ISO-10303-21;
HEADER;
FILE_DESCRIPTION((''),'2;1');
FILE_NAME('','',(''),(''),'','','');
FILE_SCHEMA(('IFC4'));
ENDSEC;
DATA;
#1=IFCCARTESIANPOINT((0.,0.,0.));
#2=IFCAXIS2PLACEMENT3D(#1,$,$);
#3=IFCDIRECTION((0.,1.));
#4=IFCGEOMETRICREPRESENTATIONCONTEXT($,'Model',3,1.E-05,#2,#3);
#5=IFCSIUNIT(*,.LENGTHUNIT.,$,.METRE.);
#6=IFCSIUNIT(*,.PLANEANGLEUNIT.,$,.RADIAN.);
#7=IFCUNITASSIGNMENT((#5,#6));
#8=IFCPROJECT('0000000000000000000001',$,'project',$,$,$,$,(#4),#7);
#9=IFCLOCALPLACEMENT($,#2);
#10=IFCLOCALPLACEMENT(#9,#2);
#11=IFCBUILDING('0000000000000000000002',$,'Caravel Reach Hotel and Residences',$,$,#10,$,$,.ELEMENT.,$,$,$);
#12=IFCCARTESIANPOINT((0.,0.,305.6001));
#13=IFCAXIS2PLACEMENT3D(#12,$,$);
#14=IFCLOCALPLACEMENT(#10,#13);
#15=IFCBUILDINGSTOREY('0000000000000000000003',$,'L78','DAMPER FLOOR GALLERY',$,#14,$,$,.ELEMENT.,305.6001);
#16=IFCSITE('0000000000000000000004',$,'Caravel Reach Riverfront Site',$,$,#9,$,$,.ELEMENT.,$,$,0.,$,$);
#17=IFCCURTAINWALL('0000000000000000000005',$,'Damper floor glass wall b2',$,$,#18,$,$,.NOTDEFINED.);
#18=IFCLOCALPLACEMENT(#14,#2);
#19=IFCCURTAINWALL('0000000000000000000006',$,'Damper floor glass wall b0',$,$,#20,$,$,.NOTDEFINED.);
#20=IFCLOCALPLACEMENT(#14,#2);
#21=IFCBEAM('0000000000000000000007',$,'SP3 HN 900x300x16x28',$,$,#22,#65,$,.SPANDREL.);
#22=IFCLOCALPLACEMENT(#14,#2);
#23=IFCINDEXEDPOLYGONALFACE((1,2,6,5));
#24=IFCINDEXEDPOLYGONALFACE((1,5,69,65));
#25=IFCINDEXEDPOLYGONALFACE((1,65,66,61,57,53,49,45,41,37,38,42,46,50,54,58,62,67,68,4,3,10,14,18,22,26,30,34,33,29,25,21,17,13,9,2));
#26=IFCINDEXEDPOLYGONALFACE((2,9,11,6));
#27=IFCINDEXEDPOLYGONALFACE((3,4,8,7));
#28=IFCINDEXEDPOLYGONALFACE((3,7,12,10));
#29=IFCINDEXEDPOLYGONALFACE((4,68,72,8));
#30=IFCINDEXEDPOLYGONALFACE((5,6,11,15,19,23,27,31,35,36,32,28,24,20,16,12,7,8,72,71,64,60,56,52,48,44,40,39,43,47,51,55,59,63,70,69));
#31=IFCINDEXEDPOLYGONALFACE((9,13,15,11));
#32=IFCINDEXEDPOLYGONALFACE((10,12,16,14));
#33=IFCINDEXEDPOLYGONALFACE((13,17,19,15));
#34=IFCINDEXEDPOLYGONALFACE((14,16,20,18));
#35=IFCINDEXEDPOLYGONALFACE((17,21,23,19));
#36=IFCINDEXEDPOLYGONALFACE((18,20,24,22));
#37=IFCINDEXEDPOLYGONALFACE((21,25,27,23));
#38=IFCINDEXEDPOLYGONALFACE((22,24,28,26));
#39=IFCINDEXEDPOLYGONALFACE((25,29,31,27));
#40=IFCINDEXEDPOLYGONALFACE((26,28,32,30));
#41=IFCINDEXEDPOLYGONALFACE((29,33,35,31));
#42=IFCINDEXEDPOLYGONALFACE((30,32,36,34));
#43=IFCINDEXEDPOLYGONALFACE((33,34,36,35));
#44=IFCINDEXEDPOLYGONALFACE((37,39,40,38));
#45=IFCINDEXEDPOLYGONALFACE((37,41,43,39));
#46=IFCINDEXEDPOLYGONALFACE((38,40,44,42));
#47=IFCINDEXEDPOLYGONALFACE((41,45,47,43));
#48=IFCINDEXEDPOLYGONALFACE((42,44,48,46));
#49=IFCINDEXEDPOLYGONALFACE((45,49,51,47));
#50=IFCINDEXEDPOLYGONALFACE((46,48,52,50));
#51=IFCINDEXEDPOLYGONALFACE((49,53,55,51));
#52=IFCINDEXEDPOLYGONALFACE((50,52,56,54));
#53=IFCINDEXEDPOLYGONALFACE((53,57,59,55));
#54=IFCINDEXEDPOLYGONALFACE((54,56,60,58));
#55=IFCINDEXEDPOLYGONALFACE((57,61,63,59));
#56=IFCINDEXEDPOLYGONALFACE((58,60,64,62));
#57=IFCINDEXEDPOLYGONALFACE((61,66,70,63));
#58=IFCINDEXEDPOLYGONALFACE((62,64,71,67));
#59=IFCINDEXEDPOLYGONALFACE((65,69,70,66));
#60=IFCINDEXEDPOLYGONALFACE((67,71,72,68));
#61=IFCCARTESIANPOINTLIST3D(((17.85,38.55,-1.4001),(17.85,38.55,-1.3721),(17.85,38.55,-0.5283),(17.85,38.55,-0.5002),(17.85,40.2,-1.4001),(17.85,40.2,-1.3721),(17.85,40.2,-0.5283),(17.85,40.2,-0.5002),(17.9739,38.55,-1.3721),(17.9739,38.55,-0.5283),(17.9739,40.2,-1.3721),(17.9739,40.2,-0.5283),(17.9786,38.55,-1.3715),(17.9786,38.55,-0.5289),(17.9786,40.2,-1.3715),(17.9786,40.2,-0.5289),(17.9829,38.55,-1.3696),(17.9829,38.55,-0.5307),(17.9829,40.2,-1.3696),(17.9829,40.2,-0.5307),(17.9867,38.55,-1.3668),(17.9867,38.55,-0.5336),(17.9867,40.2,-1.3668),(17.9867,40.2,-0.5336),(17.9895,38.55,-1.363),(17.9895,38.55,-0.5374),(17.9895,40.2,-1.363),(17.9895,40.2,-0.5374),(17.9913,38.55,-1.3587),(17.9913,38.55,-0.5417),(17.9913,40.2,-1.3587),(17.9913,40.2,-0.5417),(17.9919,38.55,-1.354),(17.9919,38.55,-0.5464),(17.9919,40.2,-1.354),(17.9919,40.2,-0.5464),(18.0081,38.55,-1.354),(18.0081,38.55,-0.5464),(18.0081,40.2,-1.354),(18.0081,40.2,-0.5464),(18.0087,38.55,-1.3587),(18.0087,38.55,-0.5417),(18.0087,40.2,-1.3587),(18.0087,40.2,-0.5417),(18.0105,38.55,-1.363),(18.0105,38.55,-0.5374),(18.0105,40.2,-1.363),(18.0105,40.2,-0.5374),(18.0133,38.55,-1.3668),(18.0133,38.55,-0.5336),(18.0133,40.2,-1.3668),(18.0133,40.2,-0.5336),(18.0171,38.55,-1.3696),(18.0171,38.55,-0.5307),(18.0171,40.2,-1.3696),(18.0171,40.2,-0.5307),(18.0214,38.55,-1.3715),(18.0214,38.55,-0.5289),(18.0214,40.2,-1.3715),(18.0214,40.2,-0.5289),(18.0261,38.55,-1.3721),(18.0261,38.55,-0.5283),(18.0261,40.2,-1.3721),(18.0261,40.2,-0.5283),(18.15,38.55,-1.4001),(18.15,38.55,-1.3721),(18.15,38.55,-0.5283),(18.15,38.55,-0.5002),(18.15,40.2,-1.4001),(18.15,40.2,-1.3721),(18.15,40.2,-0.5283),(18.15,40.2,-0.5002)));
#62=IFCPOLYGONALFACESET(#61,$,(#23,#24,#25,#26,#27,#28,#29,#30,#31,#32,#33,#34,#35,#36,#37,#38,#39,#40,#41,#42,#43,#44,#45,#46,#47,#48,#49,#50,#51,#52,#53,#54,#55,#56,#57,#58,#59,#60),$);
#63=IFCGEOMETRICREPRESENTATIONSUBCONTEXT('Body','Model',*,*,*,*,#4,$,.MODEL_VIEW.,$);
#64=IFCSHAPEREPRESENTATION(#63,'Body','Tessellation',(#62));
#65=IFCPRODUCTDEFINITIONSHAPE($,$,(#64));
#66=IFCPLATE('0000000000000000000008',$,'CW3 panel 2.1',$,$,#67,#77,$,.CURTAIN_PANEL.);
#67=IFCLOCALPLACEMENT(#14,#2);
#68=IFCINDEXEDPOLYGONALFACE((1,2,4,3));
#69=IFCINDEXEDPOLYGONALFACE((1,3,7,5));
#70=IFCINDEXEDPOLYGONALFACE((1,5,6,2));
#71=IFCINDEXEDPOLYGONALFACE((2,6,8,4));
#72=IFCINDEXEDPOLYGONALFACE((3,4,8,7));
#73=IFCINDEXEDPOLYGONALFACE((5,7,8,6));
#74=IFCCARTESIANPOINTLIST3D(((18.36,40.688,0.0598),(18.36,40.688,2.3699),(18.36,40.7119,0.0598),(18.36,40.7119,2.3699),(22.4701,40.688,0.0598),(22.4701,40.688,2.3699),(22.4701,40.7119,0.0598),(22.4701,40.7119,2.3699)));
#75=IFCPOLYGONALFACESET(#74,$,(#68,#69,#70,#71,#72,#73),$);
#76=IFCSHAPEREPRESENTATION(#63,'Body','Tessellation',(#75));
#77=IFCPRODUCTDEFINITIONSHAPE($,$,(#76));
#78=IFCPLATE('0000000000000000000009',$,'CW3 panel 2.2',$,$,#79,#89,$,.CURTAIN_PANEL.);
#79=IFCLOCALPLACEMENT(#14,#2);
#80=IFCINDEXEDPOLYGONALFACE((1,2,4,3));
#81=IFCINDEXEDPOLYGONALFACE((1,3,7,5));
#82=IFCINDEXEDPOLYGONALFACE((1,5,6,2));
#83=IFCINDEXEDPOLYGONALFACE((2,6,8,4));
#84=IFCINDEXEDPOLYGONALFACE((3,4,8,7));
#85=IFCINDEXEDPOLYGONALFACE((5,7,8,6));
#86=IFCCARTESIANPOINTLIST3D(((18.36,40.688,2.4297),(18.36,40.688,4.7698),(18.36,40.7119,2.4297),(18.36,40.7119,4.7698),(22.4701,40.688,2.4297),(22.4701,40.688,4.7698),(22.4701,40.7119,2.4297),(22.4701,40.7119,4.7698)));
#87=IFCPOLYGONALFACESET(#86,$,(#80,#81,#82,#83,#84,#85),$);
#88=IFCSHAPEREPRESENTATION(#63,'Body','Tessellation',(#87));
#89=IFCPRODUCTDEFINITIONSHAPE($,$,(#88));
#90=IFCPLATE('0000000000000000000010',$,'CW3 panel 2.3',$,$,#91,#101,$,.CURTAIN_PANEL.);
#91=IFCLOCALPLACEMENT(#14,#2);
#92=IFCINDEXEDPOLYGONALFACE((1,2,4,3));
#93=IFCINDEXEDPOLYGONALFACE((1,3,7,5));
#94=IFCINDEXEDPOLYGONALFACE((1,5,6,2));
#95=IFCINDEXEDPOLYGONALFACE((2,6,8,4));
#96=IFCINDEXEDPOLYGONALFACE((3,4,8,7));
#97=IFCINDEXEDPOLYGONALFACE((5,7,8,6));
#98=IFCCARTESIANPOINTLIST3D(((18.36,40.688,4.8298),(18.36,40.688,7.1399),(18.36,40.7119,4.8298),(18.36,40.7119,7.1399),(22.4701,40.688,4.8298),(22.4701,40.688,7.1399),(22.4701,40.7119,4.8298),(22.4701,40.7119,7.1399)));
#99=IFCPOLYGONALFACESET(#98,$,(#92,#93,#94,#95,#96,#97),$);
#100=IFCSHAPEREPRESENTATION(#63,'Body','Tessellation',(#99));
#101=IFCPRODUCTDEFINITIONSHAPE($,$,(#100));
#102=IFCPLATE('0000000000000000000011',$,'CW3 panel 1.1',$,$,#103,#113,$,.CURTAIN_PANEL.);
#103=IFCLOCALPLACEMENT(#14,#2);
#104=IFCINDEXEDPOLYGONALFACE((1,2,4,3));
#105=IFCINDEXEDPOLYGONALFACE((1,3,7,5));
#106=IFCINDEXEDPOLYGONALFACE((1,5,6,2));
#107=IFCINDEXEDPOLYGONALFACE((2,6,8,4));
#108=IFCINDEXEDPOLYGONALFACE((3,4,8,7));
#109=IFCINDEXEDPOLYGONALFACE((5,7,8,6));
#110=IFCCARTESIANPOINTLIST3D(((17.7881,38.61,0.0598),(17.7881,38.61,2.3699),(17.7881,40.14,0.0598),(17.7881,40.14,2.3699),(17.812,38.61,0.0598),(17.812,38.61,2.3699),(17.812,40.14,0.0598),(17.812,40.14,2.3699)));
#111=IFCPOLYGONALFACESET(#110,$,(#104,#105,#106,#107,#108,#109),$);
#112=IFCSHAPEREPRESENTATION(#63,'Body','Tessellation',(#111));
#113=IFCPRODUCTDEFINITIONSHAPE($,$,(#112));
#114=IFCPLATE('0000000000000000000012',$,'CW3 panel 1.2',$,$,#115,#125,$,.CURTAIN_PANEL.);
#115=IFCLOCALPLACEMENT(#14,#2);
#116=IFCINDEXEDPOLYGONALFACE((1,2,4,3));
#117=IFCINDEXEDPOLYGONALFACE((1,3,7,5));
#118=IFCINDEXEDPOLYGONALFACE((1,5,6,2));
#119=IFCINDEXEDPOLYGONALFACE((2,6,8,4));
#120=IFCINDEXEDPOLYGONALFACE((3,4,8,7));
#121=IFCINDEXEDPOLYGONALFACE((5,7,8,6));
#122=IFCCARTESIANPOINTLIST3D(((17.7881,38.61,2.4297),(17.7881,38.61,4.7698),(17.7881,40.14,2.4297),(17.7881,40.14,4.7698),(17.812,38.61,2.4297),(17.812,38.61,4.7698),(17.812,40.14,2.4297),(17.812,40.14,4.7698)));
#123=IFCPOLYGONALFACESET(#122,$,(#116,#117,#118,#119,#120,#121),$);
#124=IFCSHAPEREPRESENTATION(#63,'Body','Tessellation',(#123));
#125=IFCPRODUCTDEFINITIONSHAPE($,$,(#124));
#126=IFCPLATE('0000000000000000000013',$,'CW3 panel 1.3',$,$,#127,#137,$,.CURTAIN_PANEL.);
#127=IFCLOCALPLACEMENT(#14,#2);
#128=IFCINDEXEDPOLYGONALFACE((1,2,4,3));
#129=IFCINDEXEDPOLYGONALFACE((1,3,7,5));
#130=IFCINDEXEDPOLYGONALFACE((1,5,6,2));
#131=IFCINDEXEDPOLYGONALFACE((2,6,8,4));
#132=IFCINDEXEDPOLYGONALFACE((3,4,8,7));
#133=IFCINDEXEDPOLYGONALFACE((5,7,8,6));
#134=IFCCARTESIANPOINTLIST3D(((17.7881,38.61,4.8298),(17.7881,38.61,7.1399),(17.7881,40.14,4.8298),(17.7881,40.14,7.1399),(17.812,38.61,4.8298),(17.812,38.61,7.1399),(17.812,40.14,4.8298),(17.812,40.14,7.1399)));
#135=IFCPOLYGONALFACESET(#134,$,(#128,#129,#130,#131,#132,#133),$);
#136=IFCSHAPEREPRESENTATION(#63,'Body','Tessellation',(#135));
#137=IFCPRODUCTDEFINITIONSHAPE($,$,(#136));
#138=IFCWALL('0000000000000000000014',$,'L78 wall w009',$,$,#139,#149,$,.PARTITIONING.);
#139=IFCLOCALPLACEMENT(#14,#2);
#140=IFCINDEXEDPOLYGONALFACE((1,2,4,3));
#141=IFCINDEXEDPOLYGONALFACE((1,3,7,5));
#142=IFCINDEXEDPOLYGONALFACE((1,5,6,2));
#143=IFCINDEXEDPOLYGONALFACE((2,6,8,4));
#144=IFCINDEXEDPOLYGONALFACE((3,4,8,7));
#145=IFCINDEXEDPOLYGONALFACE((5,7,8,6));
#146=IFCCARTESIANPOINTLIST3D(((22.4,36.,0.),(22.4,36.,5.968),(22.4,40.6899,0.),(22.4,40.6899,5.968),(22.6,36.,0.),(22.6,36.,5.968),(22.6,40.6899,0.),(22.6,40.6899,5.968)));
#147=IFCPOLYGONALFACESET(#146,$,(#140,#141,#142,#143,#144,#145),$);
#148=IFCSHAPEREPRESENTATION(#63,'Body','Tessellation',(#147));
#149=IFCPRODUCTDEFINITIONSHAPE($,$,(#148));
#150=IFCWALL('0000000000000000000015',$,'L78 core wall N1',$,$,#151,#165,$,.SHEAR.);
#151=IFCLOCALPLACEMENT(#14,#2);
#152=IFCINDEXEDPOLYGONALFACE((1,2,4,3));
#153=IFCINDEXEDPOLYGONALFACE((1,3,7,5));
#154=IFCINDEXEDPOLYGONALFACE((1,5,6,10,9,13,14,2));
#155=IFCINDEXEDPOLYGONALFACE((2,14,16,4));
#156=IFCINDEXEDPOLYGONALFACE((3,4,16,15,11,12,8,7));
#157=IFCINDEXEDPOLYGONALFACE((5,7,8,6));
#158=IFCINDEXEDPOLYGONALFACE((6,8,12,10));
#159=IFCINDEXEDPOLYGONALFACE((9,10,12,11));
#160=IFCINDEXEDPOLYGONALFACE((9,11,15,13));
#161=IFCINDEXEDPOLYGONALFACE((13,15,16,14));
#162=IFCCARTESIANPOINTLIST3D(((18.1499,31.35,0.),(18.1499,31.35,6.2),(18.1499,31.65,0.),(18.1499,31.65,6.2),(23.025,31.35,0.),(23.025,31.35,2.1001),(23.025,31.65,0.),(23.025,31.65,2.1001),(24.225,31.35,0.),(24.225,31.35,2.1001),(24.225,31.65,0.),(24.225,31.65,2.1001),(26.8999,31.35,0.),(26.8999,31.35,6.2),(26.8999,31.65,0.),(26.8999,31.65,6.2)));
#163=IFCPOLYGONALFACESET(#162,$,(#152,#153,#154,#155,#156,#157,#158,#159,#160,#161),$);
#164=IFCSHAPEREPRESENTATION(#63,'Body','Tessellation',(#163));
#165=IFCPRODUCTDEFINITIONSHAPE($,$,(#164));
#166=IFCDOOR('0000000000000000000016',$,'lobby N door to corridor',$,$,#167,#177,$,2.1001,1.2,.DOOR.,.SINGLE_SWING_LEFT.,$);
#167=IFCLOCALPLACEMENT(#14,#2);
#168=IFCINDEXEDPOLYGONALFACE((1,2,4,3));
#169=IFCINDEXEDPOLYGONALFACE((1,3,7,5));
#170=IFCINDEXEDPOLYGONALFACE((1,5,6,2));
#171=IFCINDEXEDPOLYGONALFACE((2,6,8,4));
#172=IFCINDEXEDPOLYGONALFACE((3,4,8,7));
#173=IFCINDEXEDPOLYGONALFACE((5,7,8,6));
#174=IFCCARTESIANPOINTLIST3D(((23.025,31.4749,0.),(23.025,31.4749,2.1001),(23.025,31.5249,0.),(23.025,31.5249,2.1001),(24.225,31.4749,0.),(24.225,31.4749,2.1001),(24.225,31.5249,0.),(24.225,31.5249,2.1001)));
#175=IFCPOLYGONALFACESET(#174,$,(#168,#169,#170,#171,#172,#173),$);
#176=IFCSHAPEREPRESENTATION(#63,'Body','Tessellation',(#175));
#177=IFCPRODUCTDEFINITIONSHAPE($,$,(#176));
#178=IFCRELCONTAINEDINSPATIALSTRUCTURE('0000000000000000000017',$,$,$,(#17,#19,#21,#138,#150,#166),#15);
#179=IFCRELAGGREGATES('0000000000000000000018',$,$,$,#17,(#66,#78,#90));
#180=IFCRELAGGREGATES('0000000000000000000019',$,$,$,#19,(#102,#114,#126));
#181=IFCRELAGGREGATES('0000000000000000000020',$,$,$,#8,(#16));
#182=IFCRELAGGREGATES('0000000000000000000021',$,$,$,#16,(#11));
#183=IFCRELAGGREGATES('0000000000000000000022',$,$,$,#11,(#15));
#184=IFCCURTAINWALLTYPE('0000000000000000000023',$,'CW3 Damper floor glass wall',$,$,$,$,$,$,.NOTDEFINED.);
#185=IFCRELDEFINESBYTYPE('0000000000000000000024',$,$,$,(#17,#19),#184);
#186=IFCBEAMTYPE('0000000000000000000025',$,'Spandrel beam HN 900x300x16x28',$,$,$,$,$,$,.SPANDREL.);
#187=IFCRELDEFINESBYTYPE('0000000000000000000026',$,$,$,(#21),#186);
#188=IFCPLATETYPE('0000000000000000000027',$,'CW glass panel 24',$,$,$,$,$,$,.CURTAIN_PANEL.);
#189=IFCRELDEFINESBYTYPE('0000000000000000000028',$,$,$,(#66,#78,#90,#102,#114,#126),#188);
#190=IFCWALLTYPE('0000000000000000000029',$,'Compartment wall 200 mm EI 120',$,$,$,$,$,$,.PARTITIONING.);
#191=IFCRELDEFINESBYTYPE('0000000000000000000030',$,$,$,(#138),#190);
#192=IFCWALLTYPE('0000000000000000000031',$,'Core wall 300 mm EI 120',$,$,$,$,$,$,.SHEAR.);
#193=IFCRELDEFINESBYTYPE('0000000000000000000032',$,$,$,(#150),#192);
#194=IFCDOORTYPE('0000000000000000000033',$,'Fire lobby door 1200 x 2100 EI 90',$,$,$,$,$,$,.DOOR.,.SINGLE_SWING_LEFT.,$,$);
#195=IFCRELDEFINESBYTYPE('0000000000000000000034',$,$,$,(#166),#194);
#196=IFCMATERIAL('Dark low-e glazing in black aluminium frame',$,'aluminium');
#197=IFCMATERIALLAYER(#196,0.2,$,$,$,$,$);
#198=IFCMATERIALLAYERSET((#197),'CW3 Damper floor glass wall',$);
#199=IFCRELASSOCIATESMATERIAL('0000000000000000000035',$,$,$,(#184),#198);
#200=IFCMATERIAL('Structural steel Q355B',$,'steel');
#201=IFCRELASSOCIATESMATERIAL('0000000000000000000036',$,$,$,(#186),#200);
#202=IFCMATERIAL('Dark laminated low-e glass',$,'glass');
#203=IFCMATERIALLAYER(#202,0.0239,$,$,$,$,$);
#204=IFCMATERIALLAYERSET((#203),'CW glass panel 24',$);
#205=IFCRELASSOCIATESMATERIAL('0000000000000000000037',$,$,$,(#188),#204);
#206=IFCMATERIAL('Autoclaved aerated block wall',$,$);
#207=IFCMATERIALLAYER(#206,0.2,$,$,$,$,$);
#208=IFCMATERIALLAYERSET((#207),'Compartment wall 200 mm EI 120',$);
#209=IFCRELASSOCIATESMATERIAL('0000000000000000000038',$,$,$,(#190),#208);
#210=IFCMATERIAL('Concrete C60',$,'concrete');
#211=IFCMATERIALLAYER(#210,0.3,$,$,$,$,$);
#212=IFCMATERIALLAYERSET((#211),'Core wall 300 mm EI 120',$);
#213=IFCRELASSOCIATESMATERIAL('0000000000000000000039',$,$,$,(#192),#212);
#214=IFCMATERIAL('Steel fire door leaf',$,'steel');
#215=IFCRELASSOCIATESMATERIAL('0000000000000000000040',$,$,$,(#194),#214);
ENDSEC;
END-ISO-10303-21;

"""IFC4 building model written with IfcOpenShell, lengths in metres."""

from ifc_helpers import new_model, si_unit, direction, frame, frame_2d, origin, origin_2d, place, context, subcontext, project, spatial, rectangle, i_section, extrude, material, layer, layer_set, material_profile, profile_set, type_object, element, fill, aggregate, save


model = new_model("IFC4")

# Units and contexts
model_context = context("Model", 3, precision=1e-05, world=origin(), true_north=direction((0.0, 1.0)))
body_context = subcontext(model_context, "Body", "Model", "MODEL_VIEW")
ifc_project = project(units=[si_unit("LENGTHUNIT", "METRE"), si_unit("PLANEANGLEUNIT", "RADIAN")], contexts=[model_context])

# Site, building, storey
site_placement = place(None, origin())
site = spatial("IfcSite", under=ifc_project, at=site_placement, Name="Caravel Reach Riverfront Site", CompositionType="ELEMENT", RefElevation=0.0)
building_placement = place(site_placement, origin())
building = spatial("IfcBuilding", under=site, at=building_placement, Name="Caravel Reach Hotel and Residences", CompositionType="ELEMENT")
storey_placement = place(building_placement, frame((0.0, 0.0, 305.6001)))
storey = spatial("IfcBuildingStorey", under=building, at=storey_placement, Name="L78", Description="DAMPER FLOOR GALLERY", CompositionType="ELEMENT", Elevation=305.6001)

# Curtain walls
ifc_material_1 = material(Name="Dark low-e glazing in black aluminium frame", Category="aluminium")
ifc_layer_1 = layer(ifc_material_1, 0.2)
ifc_layer_set_1 = layer_set([ifc_layer_1], Name="CW3 Damper floor glass wall")
curtain_wall_type = type_object("IfcCurtainWallType", Name="CW3 Damper floor glass wall", PredefinedType="NOTDEFINED", material=ifc_layer_set_1)
curtain_wall_1_placement = place(storey_placement, origin())
curtain_wall_1 = element("IfcCurtainWall", 1, at=curtain_wall_1_placement, inside=storey, type_object=curtain_wall_type, Name="Damper floor glass wall b2", PredefinedType="NOTDEFINED")
curtain_wall_2_placement = place(storey_placement, origin())
curtain_wall_2 = element("IfcCurtainWall", 2, at=curtain_wall_2_placement, inside=storey, type_object=curtain_wall_type, Name="Damper floor glass wall b0", PredefinedType="NOTDEFINED")

# Beam
ifc_material_2 = material(Name="Structural steel Q355B", Category="steel")
ifc_material_profile_1 = material_profile(ifc_material_2, i_section(OverallWidth=0.3, OverallDepth=0.8999, WebThickness=0.0161, FlangeThickness=0.0281, FilletRadius=0.0181, at=origin_2d()), Name="HN 900x300x16x28")
ifc_profile_set_1 = profile_set([ifc_material_profile_1], Name="Structural steel Q355B")
beam_type = type_object("IfcBeamType", Name="Spandrel beam HN 900x300x16x28", PredefinedType="SPANDREL", material=ifc_profile_set_1)
beam_placement = place(storey_placement, frame((18.0, 40.2, -0.9502), z_axis=(0.0, -1.0, 0.0), x_axis=(1.0, 0.0, 0.0)))
element("IfcBeam", 3, at=beam_placement, inside=storey, type_object=beam_type, Name="SP3 HN 900x300x16x28", PredefinedType="SPANDREL", context=body_context, shape_type="SweptSolid", body=[
    extrude(i_section(OverallWidth=0.3, OverallDepth=0.8999, WebThickness=0.0161, FlangeThickness=0.0281, FilletRadius=0.0181, at=origin_2d()), origin(), (0.0, 0.0, 1.0), 1.6499),
])

# Plates
ifc_material_3 = material(Name="Dark laminated low-e glass", Category="glass")
ifc_layer_2 = layer(ifc_material_3, 0.0239)
ifc_layer_set_2 = layer_set([ifc_layer_2], Name="CW glass panel 24")
plate_type = type_object("IfcPlateType", Name="CW glass panel 24", PredefinedType="CURTAIN_PANEL", material=ifc_layer_set_2)
plate_1_placement = place(storey_placement, frame((20.415, 40.7, 0.0598), z_axis=(0.0, 0.0, 1.0), x_axis=(-1.0, 0.0, 0.0)))
plate_1 = element("IfcPlate", 4, at=plate_1_placement, type_object=plate_type, Name="CW3 panel 2.1", PredefinedType="CURTAIN_PANEL", context=body_context, shape_type="SweptSolid", body=[
    extrude(rectangle(XDim=4.1101, YDim=0.0239, at=origin_2d()), origin(), (0.0, 0.0, 1.0), 2.3101),
])
plate_2_placement = place(storey_placement, frame((20.415, 40.7, 2.4297), z_axis=(0.0, 0.0, 1.0), x_axis=(-1.0, 0.0, 0.0)))
plate_2 = element("IfcPlate", 5, at=plate_2_placement, type_object=plate_type, Name="CW3 panel 2.2", PredefinedType="CURTAIN_PANEL", context=body_context, shape_type="SweptSolid", body=[
    extrude(rectangle(XDim=4.1101, YDim=0.0239, at=origin_2d()), origin(), (0.0, 0.0, 1.0), 2.3401),
])
plate_3_placement = place(storey_placement, frame((20.415, 40.7, 4.8298), z_axis=(0.0, 0.0, 1.0), x_axis=(-1.0, 0.0, 0.0)))
plate_3 = element("IfcPlate", 6, at=plate_3_placement, type_object=plate_type, Name="CW3 panel 2.3", PredefinedType="CURTAIN_PANEL", context=body_context, shape_type="SweptSolid", body=[
    extrude(rectangle(XDim=4.1101, YDim=0.0239, at=origin_2d()), origin(), (0.0, 0.0, 1.0), 2.3101),
])
aggregate(curtain_wall_1, [plate_1, plate_2, plate_3])
plate_4_placement = place(storey_placement, frame((17.8, 39.375, 0.0598), z_axis=(0.0, 0.0, 1.0), x_axis=(0.0, -1.0, 0.0)))
plate_4 = element("IfcPlate", 7, at=plate_4_placement, type_object=plate_type, Name="CW3 panel 1.1", PredefinedType="CURTAIN_PANEL", context=body_context, shape_type="SweptSolid", body=[
    extrude(rectangle(XDim=1.53, YDim=0.0239, at=origin_2d()), origin(), (0.0, 0.0, 1.0), 2.3101),
])
plate_5_placement = place(storey_placement, frame((17.8, 39.375, 2.4297), z_axis=(0.0, 0.0, 1.0), x_axis=(0.0, -1.0, 0.0)))
plate_5 = element("IfcPlate", 8, at=plate_5_placement, type_object=plate_type, Name="CW3 panel 1.2", PredefinedType="CURTAIN_PANEL", context=body_context, shape_type="SweptSolid", body=[
    extrude(rectangle(XDim=1.53, YDim=0.0239, at=origin_2d()), origin(), (0.0, 0.0, 1.0), 2.3401),
])
plate_6_placement = place(storey_placement, frame((17.8, 39.375, 4.8298), z_axis=(0.0, 0.0, 1.0), x_axis=(0.0, -1.0, 0.0)))
plate_6 = element("IfcPlate", 9, at=plate_6_placement, type_object=plate_type, Name="CW3 panel 1.3", PredefinedType="CURTAIN_PANEL", context=body_context, shape_type="SweptSolid", body=[
    extrude(rectangle(XDim=1.53, YDim=0.0239, at=origin_2d()), origin(), (0.0, 0.0, 1.0), 2.3101),
])
aggregate(curtain_wall_2, [plate_4, plate_5, plate_6])

# Wall
ifc_material_4 = material(Name="Autoclaved aerated block wall")
ifc_layer_3 = layer(ifc_material_4, 0.2)
ifc_layer_set_3 = layer_set([ifc_layer_3], Name="Compartment wall 200 mm EI 120")
wall_type_1 = type_object("IfcWallType", Name="Compartment wall 200 mm EI 120", PredefinedType="PARTITIONING", material=ifc_layer_set_3)
wall_1_placement = place(storey_placement, frame((22.5, 36.0, 0.0), z_axis=(0.0, 0.0, 1.0), x_axis=(0.0, 1.0, 0.0)))
element("IfcWall", 10, at=wall_1_placement, inside=storey, type_object=wall_type_1, Name="L78 wall w009", PredefinedType="PARTITIONING", context=body_context, shape_type="SweptSolid", body=[
    extrude(rectangle(XDim=4.6899, YDim=0.2, at=frame_2d((2.345, 0.0))), origin(), (0.0, 0.0, 1.0), 5.968),
])

# Wall, opening, door
ifc_material_5 = material(Name="Concrete C60", Category="concrete")
ifc_layer_4 = layer(ifc_material_5, 0.3)
ifc_layer_set_4 = layer_set([ifc_layer_4], Name="Core wall 300 mm EI 120")
wall_type_2 = type_object("IfcWallType", Name="Core wall 300 mm EI 120", PredefinedType="SHEAR", material=ifc_layer_set_4)
wall_2_placement = place(storey_placement, frame((18.1499, 31.5, 0.0), z_axis=(0.0, 0.0, 1.0), x_axis=(1.0, 0.0, 0.0)))
wall_2 = element("IfcWall", 11, at=wall_2_placement, inside=storey, type_object=wall_type_2, Name="L78 core wall N1", PredefinedType="SHEAR", context=body_context, shape_type="SweptSolid", body=[
    extrude(rectangle(XDim=8.75, YDim=0.3, at=frame_2d((4.375, 0.0))), origin(), (0.0, 0.0, 1.0), 6.2),
])
opening_1_placement = place(wall_2_placement, frame((4.875, 0.0, 0.0)))
opening_1 = element("IfcOpeningElement", 12, at=opening_1_placement, cuts=wall_2, PredefinedType="OPENING", context=body_context, shape_type="SweptSolid", body=[
    extrude(rectangle(XDim=1.2, YDim=2.1001, at=frame_2d((0.6001, 1.05))), frame((0.0, 0.1599, 0.0), z_axis=(0.0, -1.0, 0.0), x_axis=(1.0, 0.0, 0.0)), (0.0, 0.0, 1.0), 0.3201),
])
ifc_material_6 = material(Name="Steel fire door leaf", Category="steel")
door_type_1 = type_object("IfcDoorType", Name="Fire lobby door 1200 x 2100 EI 90", OperationType="SINGLE_SWING_LEFT", PredefinedType="DOOR", material=ifc_material_6)
door_1_placement = place(opening_1_placement, origin())
door_1 = element("IfcDoor", 13, at=door_1_placement, inside=storey, type_object=door_type_1, Name="lobby N door to corridor", OperationType="SINGLE_SWING_LEFT", OverallHeight=2.1001, OverallWidth=1.2, PredefinedType="DOOR", context=body_context, shape_type="SweptSolid", body=[
    extrude(rectangle(XDim=1.2, YDim=2.1001, at=frame_2d((0.6001, 1.05))), frame((0.0, 0.0249, 0.0), z_axis=(0.0, -1.0, 0.0), x_axis=(1.0, 0.0, 0.0)), (0.0, 0.0, 1.0), 0.05),
])
fill(opening_1, door_1)

save(model, "model.ifc")
